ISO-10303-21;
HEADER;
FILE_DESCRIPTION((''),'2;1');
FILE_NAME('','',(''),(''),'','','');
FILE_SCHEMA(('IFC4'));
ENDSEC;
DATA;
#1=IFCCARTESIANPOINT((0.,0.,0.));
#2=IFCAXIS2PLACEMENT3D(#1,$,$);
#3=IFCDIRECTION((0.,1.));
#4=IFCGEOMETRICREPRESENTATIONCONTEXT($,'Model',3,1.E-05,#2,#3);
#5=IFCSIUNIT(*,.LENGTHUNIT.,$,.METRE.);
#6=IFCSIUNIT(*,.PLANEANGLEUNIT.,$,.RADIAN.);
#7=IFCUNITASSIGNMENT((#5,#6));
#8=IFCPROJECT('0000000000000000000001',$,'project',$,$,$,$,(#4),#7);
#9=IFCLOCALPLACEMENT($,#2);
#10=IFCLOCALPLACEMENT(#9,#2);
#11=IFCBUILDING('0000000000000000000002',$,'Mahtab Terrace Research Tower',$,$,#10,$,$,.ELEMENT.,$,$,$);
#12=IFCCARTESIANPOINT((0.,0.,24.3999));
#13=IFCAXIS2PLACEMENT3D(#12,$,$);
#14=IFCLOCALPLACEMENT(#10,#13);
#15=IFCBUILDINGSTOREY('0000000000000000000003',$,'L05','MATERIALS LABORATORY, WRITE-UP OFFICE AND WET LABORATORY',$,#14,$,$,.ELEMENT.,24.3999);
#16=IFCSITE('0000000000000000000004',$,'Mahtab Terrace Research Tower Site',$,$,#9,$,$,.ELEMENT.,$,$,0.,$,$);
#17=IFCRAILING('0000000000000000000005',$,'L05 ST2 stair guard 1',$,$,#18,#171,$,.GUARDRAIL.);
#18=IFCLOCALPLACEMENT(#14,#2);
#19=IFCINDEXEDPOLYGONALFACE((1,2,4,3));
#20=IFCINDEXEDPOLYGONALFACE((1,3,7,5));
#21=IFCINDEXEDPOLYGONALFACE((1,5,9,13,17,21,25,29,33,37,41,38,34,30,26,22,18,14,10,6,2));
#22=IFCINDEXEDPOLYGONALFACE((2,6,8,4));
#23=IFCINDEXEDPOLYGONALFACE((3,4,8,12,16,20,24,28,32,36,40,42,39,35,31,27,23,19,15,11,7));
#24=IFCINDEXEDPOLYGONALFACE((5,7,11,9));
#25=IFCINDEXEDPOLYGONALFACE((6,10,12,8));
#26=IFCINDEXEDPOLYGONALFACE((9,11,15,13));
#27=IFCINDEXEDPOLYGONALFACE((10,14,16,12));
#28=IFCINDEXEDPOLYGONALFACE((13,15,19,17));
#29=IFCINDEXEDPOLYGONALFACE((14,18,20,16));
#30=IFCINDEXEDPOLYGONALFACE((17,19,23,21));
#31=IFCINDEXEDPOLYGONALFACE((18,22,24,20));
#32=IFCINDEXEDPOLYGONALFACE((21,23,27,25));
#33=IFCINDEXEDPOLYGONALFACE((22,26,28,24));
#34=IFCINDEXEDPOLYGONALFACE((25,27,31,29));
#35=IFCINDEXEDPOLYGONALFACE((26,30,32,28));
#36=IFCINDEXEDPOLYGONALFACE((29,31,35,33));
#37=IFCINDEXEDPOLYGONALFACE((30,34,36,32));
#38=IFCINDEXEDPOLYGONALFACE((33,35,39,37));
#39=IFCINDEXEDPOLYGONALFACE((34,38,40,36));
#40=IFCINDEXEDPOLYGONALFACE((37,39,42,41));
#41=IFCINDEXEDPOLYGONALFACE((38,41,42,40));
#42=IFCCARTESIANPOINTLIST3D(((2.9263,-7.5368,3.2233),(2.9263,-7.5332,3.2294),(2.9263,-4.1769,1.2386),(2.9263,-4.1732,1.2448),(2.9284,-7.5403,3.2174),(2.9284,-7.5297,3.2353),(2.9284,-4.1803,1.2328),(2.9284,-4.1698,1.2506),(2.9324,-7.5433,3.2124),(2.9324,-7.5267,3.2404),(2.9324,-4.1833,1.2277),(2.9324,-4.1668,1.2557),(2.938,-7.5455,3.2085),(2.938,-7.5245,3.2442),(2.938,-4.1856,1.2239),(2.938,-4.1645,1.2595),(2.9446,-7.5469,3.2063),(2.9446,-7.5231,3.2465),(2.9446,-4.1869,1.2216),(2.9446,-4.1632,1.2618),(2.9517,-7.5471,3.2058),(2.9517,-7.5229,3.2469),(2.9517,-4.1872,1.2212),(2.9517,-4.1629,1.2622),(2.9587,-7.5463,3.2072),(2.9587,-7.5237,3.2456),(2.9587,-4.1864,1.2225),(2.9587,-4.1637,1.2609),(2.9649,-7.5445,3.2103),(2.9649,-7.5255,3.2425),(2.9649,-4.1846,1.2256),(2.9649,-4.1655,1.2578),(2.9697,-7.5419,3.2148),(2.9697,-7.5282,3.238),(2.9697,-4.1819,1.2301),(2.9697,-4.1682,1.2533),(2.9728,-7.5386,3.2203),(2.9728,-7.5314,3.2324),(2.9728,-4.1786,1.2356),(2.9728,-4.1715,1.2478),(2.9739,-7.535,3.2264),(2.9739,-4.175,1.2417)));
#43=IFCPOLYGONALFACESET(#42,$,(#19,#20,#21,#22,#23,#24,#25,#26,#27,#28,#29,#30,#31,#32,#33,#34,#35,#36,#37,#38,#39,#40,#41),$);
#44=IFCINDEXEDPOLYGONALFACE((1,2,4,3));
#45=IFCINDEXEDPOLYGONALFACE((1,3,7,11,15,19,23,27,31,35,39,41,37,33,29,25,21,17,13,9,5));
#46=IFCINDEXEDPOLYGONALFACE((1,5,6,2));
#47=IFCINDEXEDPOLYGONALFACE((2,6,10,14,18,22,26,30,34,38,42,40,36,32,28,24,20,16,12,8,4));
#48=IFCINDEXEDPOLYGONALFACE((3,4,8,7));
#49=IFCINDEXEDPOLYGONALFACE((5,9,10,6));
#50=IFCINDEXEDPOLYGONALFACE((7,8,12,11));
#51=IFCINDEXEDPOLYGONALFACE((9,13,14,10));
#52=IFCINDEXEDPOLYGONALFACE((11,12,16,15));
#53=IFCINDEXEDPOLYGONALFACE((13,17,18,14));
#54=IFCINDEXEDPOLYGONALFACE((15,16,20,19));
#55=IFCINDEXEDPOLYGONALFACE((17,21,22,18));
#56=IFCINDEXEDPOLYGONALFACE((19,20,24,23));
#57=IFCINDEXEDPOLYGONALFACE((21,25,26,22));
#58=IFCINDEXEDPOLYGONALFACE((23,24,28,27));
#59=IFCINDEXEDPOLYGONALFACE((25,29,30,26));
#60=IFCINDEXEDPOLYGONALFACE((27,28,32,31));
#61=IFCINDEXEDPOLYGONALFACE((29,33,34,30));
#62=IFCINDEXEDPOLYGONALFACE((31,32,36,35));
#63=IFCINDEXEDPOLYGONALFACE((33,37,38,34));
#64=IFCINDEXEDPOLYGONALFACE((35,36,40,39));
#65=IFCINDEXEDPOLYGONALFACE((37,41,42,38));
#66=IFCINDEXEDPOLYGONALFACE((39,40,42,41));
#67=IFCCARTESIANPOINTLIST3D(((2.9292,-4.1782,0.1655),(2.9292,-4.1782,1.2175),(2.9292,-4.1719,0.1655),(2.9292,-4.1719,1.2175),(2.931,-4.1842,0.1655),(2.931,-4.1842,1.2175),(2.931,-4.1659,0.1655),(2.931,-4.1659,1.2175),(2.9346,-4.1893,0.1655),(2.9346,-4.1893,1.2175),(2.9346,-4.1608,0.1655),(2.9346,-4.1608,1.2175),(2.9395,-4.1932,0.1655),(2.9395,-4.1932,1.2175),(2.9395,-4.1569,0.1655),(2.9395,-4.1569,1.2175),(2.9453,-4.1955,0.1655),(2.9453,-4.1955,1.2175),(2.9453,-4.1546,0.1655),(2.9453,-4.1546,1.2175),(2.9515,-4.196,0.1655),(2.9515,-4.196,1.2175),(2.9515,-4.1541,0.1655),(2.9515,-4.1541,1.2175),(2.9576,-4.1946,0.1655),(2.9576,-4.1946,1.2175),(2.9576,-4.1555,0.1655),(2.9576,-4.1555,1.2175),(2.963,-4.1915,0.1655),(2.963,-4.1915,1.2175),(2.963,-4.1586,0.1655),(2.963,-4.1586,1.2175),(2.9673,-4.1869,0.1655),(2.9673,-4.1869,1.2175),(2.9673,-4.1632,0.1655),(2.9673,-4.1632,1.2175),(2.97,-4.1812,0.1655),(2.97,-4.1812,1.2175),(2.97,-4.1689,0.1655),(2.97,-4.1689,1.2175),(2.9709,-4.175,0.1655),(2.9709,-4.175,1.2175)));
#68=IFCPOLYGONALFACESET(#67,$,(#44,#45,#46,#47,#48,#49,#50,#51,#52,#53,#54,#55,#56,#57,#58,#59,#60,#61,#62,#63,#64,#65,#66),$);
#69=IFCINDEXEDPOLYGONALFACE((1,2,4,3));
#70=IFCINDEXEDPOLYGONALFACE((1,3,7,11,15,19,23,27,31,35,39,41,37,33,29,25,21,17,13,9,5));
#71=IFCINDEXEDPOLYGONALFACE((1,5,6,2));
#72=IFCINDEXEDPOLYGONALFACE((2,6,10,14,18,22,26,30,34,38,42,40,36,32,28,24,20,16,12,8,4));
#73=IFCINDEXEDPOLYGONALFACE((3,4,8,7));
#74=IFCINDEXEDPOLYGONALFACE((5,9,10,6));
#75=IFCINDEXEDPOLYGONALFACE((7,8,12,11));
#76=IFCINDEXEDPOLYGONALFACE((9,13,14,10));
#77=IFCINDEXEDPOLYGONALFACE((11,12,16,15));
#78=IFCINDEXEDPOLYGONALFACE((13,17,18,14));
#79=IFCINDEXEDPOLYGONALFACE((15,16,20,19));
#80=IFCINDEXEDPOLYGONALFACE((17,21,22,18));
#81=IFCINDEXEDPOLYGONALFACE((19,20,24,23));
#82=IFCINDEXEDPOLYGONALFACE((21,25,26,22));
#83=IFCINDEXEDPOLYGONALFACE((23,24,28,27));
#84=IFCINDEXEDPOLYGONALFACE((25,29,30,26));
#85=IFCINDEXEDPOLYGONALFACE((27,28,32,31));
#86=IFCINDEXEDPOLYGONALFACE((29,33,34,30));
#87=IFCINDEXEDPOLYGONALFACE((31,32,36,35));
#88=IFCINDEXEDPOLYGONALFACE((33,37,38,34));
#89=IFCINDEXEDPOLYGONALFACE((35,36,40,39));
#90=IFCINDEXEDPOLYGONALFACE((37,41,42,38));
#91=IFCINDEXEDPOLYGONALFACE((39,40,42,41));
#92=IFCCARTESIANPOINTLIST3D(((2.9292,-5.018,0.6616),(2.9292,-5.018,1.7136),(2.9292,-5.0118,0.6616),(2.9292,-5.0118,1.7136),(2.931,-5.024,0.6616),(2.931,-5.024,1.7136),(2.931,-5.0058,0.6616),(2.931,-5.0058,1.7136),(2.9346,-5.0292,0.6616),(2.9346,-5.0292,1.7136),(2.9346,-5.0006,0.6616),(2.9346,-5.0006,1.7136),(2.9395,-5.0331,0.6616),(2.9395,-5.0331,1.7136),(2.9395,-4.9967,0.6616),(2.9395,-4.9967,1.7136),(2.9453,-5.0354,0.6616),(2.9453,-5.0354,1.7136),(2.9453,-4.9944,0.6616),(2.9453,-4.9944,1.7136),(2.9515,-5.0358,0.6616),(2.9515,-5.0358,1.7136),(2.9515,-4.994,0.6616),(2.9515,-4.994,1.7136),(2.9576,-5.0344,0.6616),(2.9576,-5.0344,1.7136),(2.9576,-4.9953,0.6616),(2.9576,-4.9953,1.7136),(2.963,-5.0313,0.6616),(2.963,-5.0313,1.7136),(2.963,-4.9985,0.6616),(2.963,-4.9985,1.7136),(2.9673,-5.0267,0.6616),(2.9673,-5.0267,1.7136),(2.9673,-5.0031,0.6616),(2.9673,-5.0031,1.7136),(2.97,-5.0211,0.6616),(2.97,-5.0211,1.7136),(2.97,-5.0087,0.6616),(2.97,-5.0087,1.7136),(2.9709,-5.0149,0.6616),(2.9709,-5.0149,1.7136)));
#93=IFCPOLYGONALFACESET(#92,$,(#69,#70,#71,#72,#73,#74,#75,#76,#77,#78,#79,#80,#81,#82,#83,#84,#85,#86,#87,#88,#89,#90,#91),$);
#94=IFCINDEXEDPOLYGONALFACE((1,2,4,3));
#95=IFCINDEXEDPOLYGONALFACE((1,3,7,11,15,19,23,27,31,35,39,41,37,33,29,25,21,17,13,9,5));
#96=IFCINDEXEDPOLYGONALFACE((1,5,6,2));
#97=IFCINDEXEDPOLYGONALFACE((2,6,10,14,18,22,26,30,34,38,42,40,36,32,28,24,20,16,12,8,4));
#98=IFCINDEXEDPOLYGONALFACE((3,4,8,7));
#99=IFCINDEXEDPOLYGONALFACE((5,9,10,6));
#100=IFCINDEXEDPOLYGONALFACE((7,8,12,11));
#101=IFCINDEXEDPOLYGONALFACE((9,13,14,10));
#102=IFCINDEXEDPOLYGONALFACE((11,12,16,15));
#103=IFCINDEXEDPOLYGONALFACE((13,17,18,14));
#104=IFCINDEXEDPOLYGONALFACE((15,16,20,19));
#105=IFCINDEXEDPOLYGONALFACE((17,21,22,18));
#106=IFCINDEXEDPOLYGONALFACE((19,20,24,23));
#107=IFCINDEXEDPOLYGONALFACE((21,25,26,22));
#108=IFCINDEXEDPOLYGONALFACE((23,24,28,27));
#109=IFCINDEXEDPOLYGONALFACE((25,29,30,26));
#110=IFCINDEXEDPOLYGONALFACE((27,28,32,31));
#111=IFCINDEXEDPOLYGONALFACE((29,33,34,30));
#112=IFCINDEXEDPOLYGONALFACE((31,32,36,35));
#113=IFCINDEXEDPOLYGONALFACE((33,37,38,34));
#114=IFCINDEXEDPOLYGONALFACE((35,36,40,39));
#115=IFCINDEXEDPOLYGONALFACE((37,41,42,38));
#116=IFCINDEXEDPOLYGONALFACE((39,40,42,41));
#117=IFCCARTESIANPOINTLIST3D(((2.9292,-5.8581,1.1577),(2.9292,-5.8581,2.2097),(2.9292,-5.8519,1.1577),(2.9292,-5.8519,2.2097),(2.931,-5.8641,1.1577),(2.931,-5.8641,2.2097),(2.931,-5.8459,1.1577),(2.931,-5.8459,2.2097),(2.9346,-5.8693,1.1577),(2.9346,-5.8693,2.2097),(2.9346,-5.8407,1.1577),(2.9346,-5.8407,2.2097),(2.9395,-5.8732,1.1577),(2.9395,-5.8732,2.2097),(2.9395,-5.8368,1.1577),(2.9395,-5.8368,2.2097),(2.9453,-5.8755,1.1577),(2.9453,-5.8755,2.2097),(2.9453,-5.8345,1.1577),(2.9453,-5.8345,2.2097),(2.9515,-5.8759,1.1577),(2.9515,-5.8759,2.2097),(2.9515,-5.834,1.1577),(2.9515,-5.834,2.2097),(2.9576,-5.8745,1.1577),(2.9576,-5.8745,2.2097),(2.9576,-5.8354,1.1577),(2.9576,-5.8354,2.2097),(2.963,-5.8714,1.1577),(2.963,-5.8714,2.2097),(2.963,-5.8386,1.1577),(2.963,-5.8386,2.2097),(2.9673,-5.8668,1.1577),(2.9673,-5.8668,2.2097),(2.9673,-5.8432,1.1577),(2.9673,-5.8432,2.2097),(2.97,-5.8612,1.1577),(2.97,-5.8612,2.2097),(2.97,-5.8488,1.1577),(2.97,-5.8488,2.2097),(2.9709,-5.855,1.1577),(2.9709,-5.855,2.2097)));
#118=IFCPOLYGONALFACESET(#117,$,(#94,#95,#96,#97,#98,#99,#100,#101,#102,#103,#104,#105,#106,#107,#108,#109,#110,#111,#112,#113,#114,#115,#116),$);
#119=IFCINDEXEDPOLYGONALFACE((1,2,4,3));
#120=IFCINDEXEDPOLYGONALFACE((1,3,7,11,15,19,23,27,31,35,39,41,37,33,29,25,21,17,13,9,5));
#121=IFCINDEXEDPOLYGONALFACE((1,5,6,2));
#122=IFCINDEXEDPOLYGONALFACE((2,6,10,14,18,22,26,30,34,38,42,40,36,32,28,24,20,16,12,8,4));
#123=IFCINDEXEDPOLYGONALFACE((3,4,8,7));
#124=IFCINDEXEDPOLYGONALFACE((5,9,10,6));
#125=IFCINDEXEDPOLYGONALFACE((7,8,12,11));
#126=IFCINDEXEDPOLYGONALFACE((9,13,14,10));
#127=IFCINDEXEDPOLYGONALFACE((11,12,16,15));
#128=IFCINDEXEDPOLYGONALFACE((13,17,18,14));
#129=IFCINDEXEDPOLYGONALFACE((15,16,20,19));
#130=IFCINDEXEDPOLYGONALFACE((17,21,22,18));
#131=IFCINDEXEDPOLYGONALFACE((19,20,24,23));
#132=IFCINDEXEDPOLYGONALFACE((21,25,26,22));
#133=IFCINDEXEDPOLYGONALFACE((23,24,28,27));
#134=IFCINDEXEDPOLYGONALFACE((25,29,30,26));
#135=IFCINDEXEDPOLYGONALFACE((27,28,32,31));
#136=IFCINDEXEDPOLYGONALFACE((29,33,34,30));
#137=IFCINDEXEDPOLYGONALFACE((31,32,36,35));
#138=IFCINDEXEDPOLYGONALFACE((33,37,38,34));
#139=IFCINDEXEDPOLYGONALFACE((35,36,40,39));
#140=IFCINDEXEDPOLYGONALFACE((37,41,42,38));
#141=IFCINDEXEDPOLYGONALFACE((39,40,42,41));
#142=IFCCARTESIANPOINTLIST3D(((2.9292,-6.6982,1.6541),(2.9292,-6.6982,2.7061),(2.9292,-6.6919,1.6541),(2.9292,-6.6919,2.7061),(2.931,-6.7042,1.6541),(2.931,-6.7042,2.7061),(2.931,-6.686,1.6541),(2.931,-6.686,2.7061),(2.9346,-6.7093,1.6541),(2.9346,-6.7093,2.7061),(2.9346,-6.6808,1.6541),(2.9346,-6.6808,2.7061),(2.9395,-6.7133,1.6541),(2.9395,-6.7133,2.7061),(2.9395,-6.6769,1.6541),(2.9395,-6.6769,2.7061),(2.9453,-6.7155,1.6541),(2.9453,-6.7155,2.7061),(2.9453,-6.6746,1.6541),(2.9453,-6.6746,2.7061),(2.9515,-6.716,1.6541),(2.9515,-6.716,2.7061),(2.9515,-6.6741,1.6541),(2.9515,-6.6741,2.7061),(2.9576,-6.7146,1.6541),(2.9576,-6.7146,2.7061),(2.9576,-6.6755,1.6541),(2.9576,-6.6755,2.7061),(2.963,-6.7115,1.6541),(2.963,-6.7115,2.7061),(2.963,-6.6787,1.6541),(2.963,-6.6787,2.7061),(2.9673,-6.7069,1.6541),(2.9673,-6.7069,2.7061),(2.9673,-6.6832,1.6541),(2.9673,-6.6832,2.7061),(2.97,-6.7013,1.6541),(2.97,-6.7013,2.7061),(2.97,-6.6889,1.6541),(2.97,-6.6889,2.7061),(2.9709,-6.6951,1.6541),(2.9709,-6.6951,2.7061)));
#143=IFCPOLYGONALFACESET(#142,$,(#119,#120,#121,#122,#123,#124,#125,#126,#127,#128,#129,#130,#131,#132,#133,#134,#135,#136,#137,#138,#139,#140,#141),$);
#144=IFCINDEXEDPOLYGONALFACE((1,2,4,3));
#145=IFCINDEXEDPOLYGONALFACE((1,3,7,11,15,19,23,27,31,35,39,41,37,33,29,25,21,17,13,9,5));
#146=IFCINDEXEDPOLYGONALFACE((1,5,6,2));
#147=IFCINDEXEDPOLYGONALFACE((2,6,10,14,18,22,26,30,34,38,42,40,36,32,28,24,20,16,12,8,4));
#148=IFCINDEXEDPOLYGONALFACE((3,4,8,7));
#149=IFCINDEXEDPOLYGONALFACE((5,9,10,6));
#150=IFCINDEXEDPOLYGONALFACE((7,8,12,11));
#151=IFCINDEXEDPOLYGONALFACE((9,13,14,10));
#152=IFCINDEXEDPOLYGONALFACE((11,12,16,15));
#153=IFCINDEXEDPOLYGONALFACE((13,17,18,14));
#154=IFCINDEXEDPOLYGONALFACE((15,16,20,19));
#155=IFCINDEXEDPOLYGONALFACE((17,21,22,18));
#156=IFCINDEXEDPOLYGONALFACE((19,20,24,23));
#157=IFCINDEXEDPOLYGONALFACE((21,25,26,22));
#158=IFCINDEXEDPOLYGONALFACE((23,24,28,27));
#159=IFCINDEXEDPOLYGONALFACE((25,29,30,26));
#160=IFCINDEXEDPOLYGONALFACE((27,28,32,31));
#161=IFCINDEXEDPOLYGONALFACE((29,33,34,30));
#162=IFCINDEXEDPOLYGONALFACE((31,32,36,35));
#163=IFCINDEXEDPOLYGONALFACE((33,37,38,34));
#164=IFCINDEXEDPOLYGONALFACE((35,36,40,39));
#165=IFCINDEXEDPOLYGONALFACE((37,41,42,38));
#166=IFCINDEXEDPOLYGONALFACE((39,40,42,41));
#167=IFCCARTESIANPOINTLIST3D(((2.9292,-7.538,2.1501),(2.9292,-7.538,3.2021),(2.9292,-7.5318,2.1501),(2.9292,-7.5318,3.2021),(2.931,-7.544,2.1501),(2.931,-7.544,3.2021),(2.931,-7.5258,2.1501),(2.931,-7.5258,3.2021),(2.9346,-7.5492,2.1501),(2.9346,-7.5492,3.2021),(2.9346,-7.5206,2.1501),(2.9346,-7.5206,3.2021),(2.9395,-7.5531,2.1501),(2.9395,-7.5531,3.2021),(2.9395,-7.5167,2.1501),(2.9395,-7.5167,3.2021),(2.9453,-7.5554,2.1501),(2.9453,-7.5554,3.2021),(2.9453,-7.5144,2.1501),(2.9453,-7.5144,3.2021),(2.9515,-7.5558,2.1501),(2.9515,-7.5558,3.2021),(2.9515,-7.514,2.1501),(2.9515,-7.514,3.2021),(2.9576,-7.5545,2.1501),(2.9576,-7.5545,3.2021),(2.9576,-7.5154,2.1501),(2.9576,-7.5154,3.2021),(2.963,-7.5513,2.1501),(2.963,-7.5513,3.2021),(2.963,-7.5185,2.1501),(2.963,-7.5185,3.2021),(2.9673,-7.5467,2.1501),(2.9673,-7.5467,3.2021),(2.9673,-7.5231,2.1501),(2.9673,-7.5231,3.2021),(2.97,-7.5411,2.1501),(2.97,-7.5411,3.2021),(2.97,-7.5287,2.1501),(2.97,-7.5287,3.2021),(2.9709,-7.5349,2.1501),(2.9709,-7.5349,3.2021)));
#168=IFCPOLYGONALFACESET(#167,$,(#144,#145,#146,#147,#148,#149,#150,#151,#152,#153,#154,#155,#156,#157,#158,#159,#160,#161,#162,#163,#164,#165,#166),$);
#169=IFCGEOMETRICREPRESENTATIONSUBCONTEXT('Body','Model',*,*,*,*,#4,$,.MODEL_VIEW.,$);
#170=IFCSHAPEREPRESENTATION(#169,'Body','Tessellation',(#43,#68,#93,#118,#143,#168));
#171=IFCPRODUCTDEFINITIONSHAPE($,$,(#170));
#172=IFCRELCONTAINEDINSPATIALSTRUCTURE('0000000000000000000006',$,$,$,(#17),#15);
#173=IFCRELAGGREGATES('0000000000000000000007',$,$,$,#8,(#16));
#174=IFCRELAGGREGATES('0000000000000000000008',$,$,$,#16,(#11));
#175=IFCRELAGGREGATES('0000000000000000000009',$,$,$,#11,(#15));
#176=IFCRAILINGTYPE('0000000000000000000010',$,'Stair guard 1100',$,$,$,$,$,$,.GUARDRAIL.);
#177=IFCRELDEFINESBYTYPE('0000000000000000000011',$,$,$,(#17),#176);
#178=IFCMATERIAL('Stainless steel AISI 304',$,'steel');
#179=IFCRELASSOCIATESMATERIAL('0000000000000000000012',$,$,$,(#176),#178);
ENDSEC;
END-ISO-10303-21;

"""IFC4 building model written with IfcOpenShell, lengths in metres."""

from ifc_helpers import new_model, si_unit, direction, frame, origin, origin_2d, place, context, subcontext, project, spatial, circle, extrude, material, type_object, element, save


model = new_model("IFC4")

# Units and contexts
model_context = context("Model", 3, precision=1e-05, world=origin(), true_north=direction((0.0, 1.0)))
body_context = subcontext(model_context, "Body", "Model", "MODEL_VIEW")
ifc_project = project(units=[si_unit("LENGTHUNIT", "METRE"), si_unit("PLANEANGLEUNIT", "RADIAN")], contexts=[model_context])

# Site, building, storey
site_placement = place(None, origin())
site = spatial("IfcSite", under=ifc_project, at=site_placement, Name="Mahtab Terrace Research Tower Site", CompositionType="ELEMENT", RefElevation=0.0)
building_placement = place(site_placement, origin())
building = spatial("IfcBuilding", under=site, at=building_placement, Name="Mahtab Terrace Research Tower", CompositionType="ELEMENT")
storey_placement = place(building_placement, frame((0.0, 0.0, 24.3999)))
storey = spatial("IfcBuildingStorey", under=building, at=storey_placement, Name="L05", Description="MATERIALS LABORATORY, WRITE-UP OFFICE AND WET LABORATORY", CompositionType="ELEMENT", Elevation=24.3999)

# Railing
ifc_material_1 = material(Name="Stainless steel AISI 304", Category="steel")
railing_type_1 = type_object("IfcRailingType", Name="Stair guard 1100", PredefinedType="GUARDRAIL", material=ifc_material_1)
railing_1_placement = place(storey_placement, frame((2.95, -4.175, 0.1655)))
element("IfcRailing", 1, at=railing_1_placement, inside=storey, type_object=railing_type_1, Name="L05 ST2 stair guard 1", PredefinedType="GUARDRAIL", context=body_context, shape_type="SweptSolid", body=[
    extrude(circle(Radius=0.0239, at=origin_2d()), frame((0.0, 0.0, 1.0762), z_axis=(0.0, -0.861011, 0.508586), x_axis=(1.0, 0.0, 0.0)), (0.0, 0.0, 1.0), 3.9023),
    extrude(circle(Radius=0.021, at=origin_2d()), origin(), (0.0, 0.0, 1.0), 1.052),
    extrude(circle(Radius=0.021, at=origin_2d()), frame((0.0, -0.8398, 0.4961)), (0.0, 0.0, 1.0), 1.052),
    extrude(circle(Radius=0.021, at=origin_2d()), frame((0.0, -1.6799, 0.9922)), (0.0, 0.0, 1.0), 1.052),
    extrude(circle(Radius=0.021, at=origin_2d()), frame((0.0, -2.52, 1.4885)), (0.0, 0.0, 1.0), 1.052),
    extrude(circle(Radius=0.021, at=origin_2d()), frame((0.0, -3.3599, 1.9846)), (0.0, 0.0, 1.0), 1.052),
])

save(model, "model.ifc")
